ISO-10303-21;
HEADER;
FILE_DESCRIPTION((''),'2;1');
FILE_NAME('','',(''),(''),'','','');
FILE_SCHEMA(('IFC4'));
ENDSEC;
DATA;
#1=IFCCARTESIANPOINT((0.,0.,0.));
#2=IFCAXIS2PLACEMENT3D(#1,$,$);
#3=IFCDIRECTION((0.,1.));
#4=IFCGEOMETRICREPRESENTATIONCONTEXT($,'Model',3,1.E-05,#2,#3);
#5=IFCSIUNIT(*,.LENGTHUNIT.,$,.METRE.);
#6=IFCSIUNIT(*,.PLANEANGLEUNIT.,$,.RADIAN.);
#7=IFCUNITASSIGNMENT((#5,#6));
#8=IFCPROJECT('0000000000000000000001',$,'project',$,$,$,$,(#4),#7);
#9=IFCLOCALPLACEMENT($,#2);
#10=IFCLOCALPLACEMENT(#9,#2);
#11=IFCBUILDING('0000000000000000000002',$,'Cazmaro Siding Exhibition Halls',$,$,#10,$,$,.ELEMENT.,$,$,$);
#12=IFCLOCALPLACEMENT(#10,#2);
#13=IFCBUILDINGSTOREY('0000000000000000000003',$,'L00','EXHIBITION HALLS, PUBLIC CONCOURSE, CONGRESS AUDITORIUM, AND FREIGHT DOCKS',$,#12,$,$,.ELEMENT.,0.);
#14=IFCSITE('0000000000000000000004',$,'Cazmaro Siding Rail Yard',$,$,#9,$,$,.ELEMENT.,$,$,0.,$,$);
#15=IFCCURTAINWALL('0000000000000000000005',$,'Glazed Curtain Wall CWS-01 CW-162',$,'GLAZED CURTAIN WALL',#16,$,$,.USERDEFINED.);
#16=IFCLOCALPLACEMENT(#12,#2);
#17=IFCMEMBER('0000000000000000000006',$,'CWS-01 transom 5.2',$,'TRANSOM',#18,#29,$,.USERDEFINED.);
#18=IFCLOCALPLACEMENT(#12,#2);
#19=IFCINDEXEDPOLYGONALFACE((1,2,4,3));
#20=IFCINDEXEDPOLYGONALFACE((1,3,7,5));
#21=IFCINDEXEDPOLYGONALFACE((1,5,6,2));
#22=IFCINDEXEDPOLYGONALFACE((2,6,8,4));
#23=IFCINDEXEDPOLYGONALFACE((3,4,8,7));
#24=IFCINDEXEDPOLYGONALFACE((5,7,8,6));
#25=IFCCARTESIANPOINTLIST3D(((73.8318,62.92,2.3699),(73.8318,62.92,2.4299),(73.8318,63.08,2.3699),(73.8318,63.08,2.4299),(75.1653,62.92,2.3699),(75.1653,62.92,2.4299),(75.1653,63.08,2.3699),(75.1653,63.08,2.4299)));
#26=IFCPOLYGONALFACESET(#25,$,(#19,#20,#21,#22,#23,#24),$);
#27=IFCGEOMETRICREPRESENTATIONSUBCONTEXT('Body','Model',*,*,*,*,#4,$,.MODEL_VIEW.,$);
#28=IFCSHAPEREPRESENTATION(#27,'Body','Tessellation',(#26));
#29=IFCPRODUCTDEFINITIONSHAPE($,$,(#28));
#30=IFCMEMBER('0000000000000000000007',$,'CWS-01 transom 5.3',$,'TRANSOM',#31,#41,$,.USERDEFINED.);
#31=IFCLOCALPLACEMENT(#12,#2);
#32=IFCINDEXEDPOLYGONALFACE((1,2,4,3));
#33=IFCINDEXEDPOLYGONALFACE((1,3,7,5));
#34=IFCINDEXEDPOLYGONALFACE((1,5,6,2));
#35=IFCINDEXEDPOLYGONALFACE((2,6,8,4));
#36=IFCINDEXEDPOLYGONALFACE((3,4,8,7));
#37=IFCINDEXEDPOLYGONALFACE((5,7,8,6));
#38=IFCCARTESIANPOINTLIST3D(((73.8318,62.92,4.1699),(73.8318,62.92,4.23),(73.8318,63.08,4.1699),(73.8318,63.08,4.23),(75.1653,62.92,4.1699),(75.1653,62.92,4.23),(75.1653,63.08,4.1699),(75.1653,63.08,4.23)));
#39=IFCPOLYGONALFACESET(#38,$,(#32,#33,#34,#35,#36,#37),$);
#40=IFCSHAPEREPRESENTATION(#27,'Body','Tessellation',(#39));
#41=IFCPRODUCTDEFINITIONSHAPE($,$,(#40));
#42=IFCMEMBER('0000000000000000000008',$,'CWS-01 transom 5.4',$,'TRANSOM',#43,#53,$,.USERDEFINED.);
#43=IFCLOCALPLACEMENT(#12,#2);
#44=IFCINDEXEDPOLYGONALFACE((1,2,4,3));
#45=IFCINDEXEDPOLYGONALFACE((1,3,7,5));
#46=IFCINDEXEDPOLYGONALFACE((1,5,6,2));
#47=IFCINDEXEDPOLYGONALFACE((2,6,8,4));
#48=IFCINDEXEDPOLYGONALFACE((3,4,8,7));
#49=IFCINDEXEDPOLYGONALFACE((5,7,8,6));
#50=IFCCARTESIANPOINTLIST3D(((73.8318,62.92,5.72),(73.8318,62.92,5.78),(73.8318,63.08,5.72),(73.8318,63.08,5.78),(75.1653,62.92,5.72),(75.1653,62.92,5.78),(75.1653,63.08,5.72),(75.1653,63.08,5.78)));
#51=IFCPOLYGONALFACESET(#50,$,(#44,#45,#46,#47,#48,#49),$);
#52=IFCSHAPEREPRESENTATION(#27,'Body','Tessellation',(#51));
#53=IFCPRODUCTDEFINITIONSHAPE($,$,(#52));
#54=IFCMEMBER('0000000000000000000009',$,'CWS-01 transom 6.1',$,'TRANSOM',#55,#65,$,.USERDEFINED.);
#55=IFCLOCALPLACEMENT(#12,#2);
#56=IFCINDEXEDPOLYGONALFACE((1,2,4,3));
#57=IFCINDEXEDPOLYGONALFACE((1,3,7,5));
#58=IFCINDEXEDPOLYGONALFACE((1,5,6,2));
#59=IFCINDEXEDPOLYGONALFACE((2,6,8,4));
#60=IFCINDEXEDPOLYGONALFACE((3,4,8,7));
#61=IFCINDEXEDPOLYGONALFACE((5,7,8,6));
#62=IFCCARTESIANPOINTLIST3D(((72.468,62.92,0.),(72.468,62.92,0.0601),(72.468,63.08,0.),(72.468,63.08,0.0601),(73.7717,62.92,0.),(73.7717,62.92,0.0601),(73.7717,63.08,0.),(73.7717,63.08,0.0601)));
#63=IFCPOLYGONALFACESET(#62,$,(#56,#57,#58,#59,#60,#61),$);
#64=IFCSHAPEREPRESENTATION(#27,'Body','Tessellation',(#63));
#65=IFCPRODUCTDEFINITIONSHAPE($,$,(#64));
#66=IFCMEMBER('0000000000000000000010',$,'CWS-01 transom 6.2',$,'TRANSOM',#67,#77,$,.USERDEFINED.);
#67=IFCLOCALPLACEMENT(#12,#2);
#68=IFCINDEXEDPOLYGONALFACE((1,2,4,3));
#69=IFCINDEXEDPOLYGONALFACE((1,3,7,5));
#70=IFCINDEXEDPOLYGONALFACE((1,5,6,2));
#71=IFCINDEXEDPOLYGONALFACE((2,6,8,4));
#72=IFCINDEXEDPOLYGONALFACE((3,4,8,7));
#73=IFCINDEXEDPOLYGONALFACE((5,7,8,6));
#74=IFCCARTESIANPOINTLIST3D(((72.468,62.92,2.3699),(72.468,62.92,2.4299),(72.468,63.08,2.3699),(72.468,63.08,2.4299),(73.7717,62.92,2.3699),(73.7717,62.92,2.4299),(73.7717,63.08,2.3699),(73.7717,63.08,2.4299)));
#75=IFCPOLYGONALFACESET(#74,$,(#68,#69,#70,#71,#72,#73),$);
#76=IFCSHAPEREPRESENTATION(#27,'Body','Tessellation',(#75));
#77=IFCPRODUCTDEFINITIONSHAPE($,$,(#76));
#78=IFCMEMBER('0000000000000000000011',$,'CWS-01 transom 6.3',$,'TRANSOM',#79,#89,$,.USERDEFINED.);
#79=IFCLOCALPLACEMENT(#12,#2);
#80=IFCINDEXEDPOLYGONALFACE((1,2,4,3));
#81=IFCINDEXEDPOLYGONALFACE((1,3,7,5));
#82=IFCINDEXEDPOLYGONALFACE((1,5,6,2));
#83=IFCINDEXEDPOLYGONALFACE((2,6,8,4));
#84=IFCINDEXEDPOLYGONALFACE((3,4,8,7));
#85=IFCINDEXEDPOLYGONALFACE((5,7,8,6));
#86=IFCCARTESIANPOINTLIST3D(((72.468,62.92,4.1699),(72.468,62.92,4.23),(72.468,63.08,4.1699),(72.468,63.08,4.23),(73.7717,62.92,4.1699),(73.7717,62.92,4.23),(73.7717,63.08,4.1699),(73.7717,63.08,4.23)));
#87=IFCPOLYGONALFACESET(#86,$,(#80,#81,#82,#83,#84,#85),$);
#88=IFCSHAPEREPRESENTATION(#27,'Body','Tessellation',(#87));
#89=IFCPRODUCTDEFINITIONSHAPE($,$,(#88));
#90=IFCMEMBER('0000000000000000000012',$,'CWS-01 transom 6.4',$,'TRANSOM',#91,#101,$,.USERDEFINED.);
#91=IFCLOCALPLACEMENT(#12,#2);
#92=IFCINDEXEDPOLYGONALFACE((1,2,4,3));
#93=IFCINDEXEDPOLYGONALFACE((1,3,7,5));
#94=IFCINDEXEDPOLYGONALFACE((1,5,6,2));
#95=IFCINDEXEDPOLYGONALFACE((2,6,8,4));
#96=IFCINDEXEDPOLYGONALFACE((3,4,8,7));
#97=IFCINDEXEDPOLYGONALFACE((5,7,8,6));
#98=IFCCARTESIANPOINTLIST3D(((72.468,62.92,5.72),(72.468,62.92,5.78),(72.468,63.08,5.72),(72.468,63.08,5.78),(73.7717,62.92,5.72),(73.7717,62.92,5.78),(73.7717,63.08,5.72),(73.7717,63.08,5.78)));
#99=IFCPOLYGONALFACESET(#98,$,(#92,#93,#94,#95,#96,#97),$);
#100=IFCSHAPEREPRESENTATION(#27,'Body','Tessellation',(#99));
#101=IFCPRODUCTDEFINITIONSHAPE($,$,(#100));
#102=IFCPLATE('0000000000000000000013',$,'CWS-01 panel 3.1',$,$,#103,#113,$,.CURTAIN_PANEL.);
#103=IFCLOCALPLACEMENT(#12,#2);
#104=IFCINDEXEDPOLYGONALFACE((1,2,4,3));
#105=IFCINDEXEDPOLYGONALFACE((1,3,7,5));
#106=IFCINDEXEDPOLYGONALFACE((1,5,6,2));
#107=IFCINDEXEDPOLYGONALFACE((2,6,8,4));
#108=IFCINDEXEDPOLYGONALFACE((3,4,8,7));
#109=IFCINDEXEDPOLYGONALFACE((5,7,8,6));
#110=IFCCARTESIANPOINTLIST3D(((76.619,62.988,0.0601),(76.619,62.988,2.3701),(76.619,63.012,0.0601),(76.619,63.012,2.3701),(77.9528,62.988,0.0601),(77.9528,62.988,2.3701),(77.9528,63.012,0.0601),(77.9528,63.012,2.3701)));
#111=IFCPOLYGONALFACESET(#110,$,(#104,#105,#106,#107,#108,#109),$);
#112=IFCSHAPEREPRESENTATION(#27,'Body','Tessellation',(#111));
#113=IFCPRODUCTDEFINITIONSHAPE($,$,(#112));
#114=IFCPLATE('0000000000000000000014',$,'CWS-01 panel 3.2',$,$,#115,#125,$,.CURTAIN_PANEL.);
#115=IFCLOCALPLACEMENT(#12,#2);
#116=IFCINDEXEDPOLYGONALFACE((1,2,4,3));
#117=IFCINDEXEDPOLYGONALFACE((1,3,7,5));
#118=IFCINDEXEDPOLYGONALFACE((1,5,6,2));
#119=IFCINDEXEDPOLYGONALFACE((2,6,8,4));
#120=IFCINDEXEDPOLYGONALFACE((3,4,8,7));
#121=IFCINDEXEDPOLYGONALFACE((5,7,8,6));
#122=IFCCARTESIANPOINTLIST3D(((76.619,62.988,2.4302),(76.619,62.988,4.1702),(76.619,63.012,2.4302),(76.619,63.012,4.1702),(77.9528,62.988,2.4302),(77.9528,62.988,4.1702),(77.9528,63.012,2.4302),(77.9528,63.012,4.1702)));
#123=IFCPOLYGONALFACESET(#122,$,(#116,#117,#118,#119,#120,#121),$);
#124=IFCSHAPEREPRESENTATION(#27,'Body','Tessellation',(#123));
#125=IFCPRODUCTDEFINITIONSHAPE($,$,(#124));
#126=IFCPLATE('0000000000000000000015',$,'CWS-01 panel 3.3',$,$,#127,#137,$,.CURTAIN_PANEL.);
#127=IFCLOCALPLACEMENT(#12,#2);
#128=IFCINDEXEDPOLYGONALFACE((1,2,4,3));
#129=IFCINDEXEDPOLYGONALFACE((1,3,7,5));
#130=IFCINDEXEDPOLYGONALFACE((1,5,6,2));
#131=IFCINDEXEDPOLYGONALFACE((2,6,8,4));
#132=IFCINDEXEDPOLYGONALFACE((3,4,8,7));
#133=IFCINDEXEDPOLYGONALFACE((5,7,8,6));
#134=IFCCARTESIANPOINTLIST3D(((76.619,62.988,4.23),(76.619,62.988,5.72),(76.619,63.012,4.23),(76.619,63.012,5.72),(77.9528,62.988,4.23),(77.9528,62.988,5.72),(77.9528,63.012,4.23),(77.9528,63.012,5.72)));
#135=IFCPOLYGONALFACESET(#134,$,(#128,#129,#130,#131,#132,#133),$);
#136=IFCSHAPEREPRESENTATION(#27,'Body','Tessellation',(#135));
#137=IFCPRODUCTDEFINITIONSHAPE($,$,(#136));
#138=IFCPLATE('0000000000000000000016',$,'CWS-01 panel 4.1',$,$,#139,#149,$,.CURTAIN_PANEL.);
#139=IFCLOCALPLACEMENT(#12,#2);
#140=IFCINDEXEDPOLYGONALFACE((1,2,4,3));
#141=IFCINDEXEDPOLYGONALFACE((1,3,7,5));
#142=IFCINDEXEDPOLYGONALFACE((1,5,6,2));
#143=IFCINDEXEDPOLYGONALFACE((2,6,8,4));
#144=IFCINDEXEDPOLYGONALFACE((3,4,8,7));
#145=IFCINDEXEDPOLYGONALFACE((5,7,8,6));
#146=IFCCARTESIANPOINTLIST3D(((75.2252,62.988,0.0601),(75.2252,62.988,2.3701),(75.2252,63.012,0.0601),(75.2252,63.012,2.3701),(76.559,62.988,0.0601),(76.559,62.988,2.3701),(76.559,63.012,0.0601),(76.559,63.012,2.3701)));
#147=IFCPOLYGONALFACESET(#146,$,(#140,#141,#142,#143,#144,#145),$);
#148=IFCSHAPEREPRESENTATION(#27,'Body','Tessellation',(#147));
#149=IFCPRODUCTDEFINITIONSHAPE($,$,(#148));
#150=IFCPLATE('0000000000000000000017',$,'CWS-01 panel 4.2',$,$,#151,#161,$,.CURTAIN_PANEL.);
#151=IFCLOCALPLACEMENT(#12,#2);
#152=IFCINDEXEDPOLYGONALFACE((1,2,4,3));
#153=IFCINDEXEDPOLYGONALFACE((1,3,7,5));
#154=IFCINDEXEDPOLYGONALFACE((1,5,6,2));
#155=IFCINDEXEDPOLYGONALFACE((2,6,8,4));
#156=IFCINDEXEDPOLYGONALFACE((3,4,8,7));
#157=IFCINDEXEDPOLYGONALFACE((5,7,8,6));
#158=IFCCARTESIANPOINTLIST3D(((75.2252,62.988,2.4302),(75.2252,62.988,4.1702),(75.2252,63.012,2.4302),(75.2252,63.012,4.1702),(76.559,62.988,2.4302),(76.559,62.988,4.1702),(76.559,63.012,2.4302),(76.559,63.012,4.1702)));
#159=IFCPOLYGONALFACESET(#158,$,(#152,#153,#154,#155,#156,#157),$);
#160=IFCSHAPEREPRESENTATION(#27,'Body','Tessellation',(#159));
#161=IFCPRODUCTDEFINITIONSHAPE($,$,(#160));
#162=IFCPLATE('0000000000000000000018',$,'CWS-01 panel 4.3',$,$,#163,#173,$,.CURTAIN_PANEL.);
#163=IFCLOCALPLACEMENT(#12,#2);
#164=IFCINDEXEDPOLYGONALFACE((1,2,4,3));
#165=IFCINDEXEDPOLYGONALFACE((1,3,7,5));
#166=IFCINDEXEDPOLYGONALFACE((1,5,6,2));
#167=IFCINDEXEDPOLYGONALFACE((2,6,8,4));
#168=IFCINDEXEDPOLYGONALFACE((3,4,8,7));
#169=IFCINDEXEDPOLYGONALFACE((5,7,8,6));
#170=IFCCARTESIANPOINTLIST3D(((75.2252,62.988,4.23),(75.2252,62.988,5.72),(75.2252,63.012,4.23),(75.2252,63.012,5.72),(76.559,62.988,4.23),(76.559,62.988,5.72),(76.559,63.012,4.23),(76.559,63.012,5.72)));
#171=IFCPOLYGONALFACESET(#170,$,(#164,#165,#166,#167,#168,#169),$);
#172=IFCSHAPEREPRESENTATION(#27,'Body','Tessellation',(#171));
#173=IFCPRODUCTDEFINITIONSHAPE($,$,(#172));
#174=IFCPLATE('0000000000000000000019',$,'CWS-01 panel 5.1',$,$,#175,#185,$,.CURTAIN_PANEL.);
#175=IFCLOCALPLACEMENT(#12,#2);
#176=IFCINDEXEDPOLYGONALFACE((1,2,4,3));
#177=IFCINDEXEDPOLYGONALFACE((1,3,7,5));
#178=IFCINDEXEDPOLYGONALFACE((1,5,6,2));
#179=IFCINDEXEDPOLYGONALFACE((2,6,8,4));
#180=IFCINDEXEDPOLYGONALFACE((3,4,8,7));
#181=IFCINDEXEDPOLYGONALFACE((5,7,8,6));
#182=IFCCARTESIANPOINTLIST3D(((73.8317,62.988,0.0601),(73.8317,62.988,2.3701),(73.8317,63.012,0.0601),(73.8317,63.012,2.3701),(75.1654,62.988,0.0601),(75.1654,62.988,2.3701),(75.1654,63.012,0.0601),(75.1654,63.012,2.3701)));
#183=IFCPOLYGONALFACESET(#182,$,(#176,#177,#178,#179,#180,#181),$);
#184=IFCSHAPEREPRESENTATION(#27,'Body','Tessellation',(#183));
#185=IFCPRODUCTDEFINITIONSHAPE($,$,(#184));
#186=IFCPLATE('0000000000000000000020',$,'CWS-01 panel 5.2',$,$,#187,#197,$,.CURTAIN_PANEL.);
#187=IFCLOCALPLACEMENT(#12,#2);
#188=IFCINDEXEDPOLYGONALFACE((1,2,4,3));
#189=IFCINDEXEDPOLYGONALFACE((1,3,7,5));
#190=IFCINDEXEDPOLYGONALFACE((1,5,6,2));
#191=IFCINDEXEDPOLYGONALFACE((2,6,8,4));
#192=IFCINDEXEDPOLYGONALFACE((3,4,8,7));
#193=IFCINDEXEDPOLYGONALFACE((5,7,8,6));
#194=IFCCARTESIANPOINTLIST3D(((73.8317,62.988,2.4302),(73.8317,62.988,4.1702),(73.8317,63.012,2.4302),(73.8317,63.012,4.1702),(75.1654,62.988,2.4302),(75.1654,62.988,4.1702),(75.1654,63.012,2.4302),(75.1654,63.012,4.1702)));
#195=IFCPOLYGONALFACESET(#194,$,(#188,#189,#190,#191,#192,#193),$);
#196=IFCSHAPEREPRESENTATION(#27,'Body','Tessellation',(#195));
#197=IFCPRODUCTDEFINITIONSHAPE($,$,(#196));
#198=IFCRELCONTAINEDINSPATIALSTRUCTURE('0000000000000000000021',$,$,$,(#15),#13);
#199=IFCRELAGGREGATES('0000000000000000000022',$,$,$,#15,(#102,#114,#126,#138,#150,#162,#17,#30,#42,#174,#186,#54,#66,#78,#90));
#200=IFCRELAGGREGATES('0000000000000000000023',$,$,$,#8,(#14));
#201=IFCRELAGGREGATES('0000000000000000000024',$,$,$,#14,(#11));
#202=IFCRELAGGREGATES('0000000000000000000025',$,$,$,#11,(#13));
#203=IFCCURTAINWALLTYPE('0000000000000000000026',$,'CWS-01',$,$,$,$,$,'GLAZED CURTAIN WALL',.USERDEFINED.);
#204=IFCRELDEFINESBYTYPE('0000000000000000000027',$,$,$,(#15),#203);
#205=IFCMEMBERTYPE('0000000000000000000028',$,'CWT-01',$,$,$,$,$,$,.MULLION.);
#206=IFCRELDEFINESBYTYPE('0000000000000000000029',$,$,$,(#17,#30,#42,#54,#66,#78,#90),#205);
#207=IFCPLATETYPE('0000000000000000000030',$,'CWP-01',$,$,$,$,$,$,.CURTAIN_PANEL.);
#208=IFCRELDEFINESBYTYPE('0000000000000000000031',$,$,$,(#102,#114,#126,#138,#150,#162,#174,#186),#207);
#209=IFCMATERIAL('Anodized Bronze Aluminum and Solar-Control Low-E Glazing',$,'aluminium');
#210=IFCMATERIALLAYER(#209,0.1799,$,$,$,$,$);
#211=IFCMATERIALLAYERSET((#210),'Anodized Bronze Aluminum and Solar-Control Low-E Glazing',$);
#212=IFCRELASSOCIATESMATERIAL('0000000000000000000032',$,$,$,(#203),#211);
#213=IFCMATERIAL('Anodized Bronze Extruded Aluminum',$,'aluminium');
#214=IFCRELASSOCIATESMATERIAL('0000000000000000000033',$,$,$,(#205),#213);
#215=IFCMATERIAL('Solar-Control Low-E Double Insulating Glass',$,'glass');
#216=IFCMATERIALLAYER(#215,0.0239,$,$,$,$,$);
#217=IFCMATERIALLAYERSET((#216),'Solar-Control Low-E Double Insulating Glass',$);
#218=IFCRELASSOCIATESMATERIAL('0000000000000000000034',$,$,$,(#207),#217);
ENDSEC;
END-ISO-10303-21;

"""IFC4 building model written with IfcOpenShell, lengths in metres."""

from ifc_helpers import new_model, si_unit, direction, frame, origin, origin_2d, place, context, subcontext, project, spatial, rectangle, extrude, material, layer, layer_set, material_profile, profile_set, type_object, element, aggregate, save


model = new_model("IFC4")

# Units and contexts
model_context = context("Model", 3, precision=1e-05, world=origin(), true_north=direction((0.0, 1.0)))
body_context = subcontext(model_context, "Body", "Model", "MODEL_VIEW")
ifc_project = project(units=[si_unit("LENGTHUNIT", "METRE"), si_unit("PLANEANGLEUNIT", "RADIAN")], contexts=[model_context])

# Site, building, storey
site_placement = place(None, origin())
site = spatial("IfcSite", under=ifc_project, at=site_placement, Name="Cazmaro Siding Rail Yard", CompositionType="ELEMENT", RefElevation=0.0)
building_placement = place(site_placement, origin())
building = spatial("IfcBuilding", under=site, at=building_placement, Name="Cazmaro Siding Exhibition Halls", CompositionType="ELEMENT")
storey_placement = place(building_placement, origin())
storey = spatial("IfcBuildingStorey", under=building, at=storey_placement, Name="L00", Description="EXHIBITION HALLS, PUBLIC CONCOURSE, CONGRESS AUDITORIUM, AND FREIGHT DOCKS", CompositionType="ELEMENT", Elevation=0.0)

# Curtain wall, members, plates
ifc_material_1 = material(Name="Anodized Bronze Aluminum and Solar-Control Low-E Glazing", Category="aluminium")
ifc_layer_1 = layer(ifc_material_1, 0.1799)
ifc_layer_set_1 = layer_set([ifc_layer_1], Name="Anodized Bronze Aluminum and Solar-Control Low-E Glazing")
curtain_wall_type = type_object("IfcCurtainWallType", Name="CWS-01", ElementType="GLAZED CURTAIN WALL", PredefinedType="USERDEFINED", material=ifc_layer_set_1)
curtain_wall_placement = place(storey_placement, origin())
curtain_wall = element("IfcCurtainWall", 1, at=curtain_wall_placement, inside=storey, type_object=curtain_wall_type, Name="Glazed Curtain Wall CWS-01 CW-162", ObjectType="GLAZED CURTAIN WALL", PredefinedType="USERDEFINED")
ifc_material_2 = material(Name="Anodized Bronze Extruded Aluminum", Category="aluminium")
ifc_material_profile_1 = material_profile(ifc_material_2, rectangle(XDim=0.1599, YDim=0.0601, at=origin_2d()), Name="CWT-01")
ifc_profile_set_1 = profile_set([ifc_material_profile_1], Name="Anodized Bronze Extruded Aluminum")
member_type_1 = type_object("IfcMemberType", Name="CWT-01", PredefinedType="MULLION", material=ifc_profile_set_1)
member_1_placement = place(storey_placement, frame((75.1653, 63.0, 2.3999), z_axis=(-1.0, 0.0, 0.0), x_axis=(0.0, -1.0, 0.0)))
member_1 = element("IfcMember", 2, at=member_1_placement, type_object=member_type_1, Name="CWS-01 transom 5.2", ObjectType="TRANSOM", PredefinedType="USERDEFINED", context=body_context, shape_type="SweptSolid", body=[
    extrude(rectangle(XDim=0.1599, YDim=0.0601, at=origin_2d()), origin(), (0.0, 0.0, 1.0), 1.3335),
])
member_2_placement = place(storey_placement, frame((75.1653, 63.0, 4.2), z_axis=(-1.0, 0.0, 0.0), x_axis=(0.0, -1.0, 0.0)))
member_2 = element("IfcMember", 3, at=member_2_placement, type_object=member_type_1, Name="CWS-01 transom 5.3", ObjectType="TRANSOM", PredefinedType="USERDEFINED", context=body_context, shape_type="SweptSolid", body=[
    extrude(rectangle(XDim=0.1599, YDim=0.0601, at=origin_2d()), origin(), (0.0, 0.0, 1.0), 1.3335),
])
member_3_placement = place(storey_placement, frame((75.1653, 63.0, 5.75), z_axis=(-1.0, 0.0, 0.0), x_axis=(0.0, -1.0, 0.0)))
member_3 = element("IfcMember", 4, at=member_3_placement, type_object=member_type_1, Name="CWS-01 transom 5.4", ObjectType="TRANSOM", PredefinedType="USERDEFINED", context=body_context, shape_type="SweptSolid", body=[
    extrude(rectangle(XDim=0.1599, YDim=0.0601, at=origin_2d()), origin(), (0.0, 0.0, 1.0), 1.3335),
])
member_4_placement = place(storey_placement, frame((73.7717, 63.0, 0.03), z_axis=(-1.0, 0.0, 0.0), x_axis=(0.0, -1.0, 0.0)))
member_4 = element("IfcMember", 5, at=member_4_placement, type_object=member_type_1, Name="CWS-01 transom 6.1", ObjectType="TRANSOM", PredefinedType="USERDEFINED", context=body_context, shape_type="SweptSolid", body=[
    extrude(rectangle(XDim=0.1599, YDim=0.0601, at=origin_2d()), origin(), (0.0, 0.0, 1.0), 1.3037),
])
member_5_placement = place(storey_placement, frame((73.7717, 63.0, 2.3999), z_axis=(-1.0, 0.0, 0.0), x_axis=(0.0, -1.0, 0.0)))
member_5 = element("IfcMember", 6, at=member_5_placement, type_object=member_type_1, Name="CWS-01 transom 6.2", ObjectType="TRANSOM", PredefinedType="USERDEFINED", context=body_context, shape_type="SweptSolid", body=[
    extrude(rectangle(XDim=0.1599, YDim=0.0601, at=origin_2d()), origin(), (0.0, 0.0, 1.0), 1.3037),
])
member_6_placement = place(storey_placement, frame((73.7717, 63.0, 4.2), z_axis=(-1.0, 0.0, 0.0), x_axis=(0.0, -1.0, 0.0)))
member_6 = element("IfcMember", 7, at=member_6_placement, type_object=member_type_1, Name="CWS-01 transom 6.3", ObjectType="TRANSOM", PredefinedType="USERDEFINED", context=body_context, shape_type="SweptSolid", body=[
    extrude(rectangle(XDim=0.1599, YDim=0.0601, at=origin_2d()), origin(), (0.0, 0.0, 1.0), 1.3037),
])
member_7_placement = place(storey_placement, frame((73.7717, 63.0, 5.75), z_axis=(-1.0, 0.0, 0.0), x_axis=(0.0, -1.0, 0.0)))
member_7 = element("IfcMember", 8, at=member_7_placement, type_object=member_type_1, Name="CWS-01 transom 6.4", ObjectType="TRANSOM", PredefinedType="USERDEFINED", context=body_context, shape_type="SweptSolid", body=[
    extrude(rectangle(XDim=0.1599, YDim=0.0601, at=origin_2d()), origin(), (0.0, 0.0, 1.0), 1.3037),
])
ifc_material_3 = material(Name="Solar-Control Low-E Double Insulating Glass", Category="glass")
ifc_layer_2 = layer(ifc_material_3, 0.0239)
ifc_layer_set_2 = layer_set([ifc_layer_2], Name="Solar-Control Low-E Double Insulating Glass")
plate_type = type_object("IfcPlateType", Name="CWP-01", PredefinedType="CURTAIN_PANEL", material=ifc_layer_set_2)
plate_1_placement = place(storey_placement, frame((77.2859, 63.0, 0.0601), z_axis=(0.0, 0.0, 1.0), x_axis=(-1.0, 0.0, 0.0)))
plate_1 = element("IfcPlate", 9, at=plate_1_placement, type_object=plate_type, Name="CWS-01 panel 3.1", PredefinedType="CURTAIN_PANEL", context=body_context, shape_type="SweptSolid", body=[
    extrude(rectangle(XDim=1.3337, YDim=0.0239, at=origin_2d()), origin(), (0.0, 0.0, 1.0), 2.3101),
])
plate_2_placement = place(storey_placement, frame((77.2859, 63.0, 2.4302), z_axis=(0.0, 0.0, 1.0), x_axis=(-1.0, 0.0, 0.0)))
plate_2 = element("IfcPlate", 10, at=plate_2_placement, type_object=plate_type, Name="CWS-01 panel 3.2", PredefinedType="CURTAIN_PANEL", context=body_context, shape_type="SweptSolid", body=[
    extrude(rectangle(XDim=1.3337, YDim=0.0239, at=origin_2d()), origin(), (0.0, 0.0, 1.0), 1.74),
])
plate_3_placement = place(storey_placement, frame((77.2859, 63.0, 4.23), z_axis=(0.0, 0.0, 1.0), x_axis=(-1.0, 0.0, 0.0)))
plate_3 = element("IfcPlate", 11, at=plate_3_placement, type_object=plate_type, Name="CWS-01 panel 3.3", PredefinedType="CURTAIN_PANEL", context=body_context, shape_type="SweptSolid", body=[
    extrude(rectangle(XDim=1.3337, YDim=0.0239, at=origin_2d()), origin(), (0.0, 0.0, 1.0), 1.49),
])
plate_4_placement = place(storey_placement, frame((75.8921, 63.0, 0.0601), z_axis=(0.0, 0.0, 1.0), x_axis=(-1.0, 0.0, 0.0)))
plate_4 = element("IfcPlate", 12, at=plate_4_placement, type_object=plate_type, Name="CWS-01 panel 4.1", PredefinedType="CURTAIN_PANEL", context=body_context, shape_type="SweptSolid", body=[
    extrude(rectangle(XDim=1.3337, YDim=0.0239, at=origin_2d()), origin(), (0.0, 0.0, 1.0), 2.3101),
])
plate_5_placement = place(storey_placement, frame((75.8921, 63.0, 2.4302), z_axis=(0.0, 0.0, 1.0), x_axis=(-1.0, 0.0, 0.0)))
plate_5 = element("IfcPlate", 13, at=plate_5_placement, type_object=plate_type, Name="CWS-01 panel 4.2", PredefinedType="CURTAIN_PANEL", context=body_context, shape_type="SweptSolid", body=[
    extrude(rectangle(XDim=1.3337, YDim=0.0239, at=origin_2d()), origin(), (0.0, 0.0, 1.0), 1.74),
])
plate_6_placement = place(storey_placement, frame((75.8921, 63.0, 4.23), z_axis=(0.0, 0.0, 1.0), x_axis=(-1.0, 0.0, 0.0)))
plate_6 = element("IfcPlate", 14, at=plate_6_placement, type_object=plate_type, Name="CWS-01 panel 4.3", PredefinedType="CURTAIN_PANEL", context=body_context, shape_type="SweptSolid", body=[
    extrude(rectangle(XDim=1.3337, YDim=0.0239, at=origin_2d()), origin(), (0.0, 0.0, 1.0), 1.49),
])
plate_7_placement = place(storey_placement, frame((74.4985, 63.0, 0.0601), z_axis=(0.0, 0.0, 1.0), x_axis=(-1.0, 0.0, 0.0)))
plate_7 = element("IfcPlate", 15, at=plate_7_placement, type_object=plate_type, Name="CWS-01 panel 5.1", PredefinedType="CURTAIN_PANEL", context=body_context, shape_type="SweptSolid", body=[
    extrude(rectangle(XDim=1.3337, YDim=0.0239, at=origin_2d()), origin(), (0.0, 0.0, 1.0), 2.3101),
])
plate_8_placement = place(storey_placement, frame((74.4985, 63.0, 2.4302), z_axis=(0.0, 0.0, 1.0), x_axis=(-1.0, 0.0, 0.0)))
plate_8 = element("IfcPlate", 16, at=plate_8_placement, type_object=plate_type, Name="CWS-01 panel 5.2", PredefinedType="CURTAIN_PANEL", context=body_context, shape_type="SweptSolid", body=[
    extrude(rectangle(XDim=1.3337, YDim=0.0239, at=origin_2d()), origin(), (0.0, 0.0, 1.0), 1.74),
])
aggregate(curtain_wall, [plate_1, plate_2, plate_3, plate_4, plate_5, plate_6, member_1, member_2, member_3, plate_7, plate_8, member_4, member_5, member_6, member_7])

save(model, "model.ifc")
